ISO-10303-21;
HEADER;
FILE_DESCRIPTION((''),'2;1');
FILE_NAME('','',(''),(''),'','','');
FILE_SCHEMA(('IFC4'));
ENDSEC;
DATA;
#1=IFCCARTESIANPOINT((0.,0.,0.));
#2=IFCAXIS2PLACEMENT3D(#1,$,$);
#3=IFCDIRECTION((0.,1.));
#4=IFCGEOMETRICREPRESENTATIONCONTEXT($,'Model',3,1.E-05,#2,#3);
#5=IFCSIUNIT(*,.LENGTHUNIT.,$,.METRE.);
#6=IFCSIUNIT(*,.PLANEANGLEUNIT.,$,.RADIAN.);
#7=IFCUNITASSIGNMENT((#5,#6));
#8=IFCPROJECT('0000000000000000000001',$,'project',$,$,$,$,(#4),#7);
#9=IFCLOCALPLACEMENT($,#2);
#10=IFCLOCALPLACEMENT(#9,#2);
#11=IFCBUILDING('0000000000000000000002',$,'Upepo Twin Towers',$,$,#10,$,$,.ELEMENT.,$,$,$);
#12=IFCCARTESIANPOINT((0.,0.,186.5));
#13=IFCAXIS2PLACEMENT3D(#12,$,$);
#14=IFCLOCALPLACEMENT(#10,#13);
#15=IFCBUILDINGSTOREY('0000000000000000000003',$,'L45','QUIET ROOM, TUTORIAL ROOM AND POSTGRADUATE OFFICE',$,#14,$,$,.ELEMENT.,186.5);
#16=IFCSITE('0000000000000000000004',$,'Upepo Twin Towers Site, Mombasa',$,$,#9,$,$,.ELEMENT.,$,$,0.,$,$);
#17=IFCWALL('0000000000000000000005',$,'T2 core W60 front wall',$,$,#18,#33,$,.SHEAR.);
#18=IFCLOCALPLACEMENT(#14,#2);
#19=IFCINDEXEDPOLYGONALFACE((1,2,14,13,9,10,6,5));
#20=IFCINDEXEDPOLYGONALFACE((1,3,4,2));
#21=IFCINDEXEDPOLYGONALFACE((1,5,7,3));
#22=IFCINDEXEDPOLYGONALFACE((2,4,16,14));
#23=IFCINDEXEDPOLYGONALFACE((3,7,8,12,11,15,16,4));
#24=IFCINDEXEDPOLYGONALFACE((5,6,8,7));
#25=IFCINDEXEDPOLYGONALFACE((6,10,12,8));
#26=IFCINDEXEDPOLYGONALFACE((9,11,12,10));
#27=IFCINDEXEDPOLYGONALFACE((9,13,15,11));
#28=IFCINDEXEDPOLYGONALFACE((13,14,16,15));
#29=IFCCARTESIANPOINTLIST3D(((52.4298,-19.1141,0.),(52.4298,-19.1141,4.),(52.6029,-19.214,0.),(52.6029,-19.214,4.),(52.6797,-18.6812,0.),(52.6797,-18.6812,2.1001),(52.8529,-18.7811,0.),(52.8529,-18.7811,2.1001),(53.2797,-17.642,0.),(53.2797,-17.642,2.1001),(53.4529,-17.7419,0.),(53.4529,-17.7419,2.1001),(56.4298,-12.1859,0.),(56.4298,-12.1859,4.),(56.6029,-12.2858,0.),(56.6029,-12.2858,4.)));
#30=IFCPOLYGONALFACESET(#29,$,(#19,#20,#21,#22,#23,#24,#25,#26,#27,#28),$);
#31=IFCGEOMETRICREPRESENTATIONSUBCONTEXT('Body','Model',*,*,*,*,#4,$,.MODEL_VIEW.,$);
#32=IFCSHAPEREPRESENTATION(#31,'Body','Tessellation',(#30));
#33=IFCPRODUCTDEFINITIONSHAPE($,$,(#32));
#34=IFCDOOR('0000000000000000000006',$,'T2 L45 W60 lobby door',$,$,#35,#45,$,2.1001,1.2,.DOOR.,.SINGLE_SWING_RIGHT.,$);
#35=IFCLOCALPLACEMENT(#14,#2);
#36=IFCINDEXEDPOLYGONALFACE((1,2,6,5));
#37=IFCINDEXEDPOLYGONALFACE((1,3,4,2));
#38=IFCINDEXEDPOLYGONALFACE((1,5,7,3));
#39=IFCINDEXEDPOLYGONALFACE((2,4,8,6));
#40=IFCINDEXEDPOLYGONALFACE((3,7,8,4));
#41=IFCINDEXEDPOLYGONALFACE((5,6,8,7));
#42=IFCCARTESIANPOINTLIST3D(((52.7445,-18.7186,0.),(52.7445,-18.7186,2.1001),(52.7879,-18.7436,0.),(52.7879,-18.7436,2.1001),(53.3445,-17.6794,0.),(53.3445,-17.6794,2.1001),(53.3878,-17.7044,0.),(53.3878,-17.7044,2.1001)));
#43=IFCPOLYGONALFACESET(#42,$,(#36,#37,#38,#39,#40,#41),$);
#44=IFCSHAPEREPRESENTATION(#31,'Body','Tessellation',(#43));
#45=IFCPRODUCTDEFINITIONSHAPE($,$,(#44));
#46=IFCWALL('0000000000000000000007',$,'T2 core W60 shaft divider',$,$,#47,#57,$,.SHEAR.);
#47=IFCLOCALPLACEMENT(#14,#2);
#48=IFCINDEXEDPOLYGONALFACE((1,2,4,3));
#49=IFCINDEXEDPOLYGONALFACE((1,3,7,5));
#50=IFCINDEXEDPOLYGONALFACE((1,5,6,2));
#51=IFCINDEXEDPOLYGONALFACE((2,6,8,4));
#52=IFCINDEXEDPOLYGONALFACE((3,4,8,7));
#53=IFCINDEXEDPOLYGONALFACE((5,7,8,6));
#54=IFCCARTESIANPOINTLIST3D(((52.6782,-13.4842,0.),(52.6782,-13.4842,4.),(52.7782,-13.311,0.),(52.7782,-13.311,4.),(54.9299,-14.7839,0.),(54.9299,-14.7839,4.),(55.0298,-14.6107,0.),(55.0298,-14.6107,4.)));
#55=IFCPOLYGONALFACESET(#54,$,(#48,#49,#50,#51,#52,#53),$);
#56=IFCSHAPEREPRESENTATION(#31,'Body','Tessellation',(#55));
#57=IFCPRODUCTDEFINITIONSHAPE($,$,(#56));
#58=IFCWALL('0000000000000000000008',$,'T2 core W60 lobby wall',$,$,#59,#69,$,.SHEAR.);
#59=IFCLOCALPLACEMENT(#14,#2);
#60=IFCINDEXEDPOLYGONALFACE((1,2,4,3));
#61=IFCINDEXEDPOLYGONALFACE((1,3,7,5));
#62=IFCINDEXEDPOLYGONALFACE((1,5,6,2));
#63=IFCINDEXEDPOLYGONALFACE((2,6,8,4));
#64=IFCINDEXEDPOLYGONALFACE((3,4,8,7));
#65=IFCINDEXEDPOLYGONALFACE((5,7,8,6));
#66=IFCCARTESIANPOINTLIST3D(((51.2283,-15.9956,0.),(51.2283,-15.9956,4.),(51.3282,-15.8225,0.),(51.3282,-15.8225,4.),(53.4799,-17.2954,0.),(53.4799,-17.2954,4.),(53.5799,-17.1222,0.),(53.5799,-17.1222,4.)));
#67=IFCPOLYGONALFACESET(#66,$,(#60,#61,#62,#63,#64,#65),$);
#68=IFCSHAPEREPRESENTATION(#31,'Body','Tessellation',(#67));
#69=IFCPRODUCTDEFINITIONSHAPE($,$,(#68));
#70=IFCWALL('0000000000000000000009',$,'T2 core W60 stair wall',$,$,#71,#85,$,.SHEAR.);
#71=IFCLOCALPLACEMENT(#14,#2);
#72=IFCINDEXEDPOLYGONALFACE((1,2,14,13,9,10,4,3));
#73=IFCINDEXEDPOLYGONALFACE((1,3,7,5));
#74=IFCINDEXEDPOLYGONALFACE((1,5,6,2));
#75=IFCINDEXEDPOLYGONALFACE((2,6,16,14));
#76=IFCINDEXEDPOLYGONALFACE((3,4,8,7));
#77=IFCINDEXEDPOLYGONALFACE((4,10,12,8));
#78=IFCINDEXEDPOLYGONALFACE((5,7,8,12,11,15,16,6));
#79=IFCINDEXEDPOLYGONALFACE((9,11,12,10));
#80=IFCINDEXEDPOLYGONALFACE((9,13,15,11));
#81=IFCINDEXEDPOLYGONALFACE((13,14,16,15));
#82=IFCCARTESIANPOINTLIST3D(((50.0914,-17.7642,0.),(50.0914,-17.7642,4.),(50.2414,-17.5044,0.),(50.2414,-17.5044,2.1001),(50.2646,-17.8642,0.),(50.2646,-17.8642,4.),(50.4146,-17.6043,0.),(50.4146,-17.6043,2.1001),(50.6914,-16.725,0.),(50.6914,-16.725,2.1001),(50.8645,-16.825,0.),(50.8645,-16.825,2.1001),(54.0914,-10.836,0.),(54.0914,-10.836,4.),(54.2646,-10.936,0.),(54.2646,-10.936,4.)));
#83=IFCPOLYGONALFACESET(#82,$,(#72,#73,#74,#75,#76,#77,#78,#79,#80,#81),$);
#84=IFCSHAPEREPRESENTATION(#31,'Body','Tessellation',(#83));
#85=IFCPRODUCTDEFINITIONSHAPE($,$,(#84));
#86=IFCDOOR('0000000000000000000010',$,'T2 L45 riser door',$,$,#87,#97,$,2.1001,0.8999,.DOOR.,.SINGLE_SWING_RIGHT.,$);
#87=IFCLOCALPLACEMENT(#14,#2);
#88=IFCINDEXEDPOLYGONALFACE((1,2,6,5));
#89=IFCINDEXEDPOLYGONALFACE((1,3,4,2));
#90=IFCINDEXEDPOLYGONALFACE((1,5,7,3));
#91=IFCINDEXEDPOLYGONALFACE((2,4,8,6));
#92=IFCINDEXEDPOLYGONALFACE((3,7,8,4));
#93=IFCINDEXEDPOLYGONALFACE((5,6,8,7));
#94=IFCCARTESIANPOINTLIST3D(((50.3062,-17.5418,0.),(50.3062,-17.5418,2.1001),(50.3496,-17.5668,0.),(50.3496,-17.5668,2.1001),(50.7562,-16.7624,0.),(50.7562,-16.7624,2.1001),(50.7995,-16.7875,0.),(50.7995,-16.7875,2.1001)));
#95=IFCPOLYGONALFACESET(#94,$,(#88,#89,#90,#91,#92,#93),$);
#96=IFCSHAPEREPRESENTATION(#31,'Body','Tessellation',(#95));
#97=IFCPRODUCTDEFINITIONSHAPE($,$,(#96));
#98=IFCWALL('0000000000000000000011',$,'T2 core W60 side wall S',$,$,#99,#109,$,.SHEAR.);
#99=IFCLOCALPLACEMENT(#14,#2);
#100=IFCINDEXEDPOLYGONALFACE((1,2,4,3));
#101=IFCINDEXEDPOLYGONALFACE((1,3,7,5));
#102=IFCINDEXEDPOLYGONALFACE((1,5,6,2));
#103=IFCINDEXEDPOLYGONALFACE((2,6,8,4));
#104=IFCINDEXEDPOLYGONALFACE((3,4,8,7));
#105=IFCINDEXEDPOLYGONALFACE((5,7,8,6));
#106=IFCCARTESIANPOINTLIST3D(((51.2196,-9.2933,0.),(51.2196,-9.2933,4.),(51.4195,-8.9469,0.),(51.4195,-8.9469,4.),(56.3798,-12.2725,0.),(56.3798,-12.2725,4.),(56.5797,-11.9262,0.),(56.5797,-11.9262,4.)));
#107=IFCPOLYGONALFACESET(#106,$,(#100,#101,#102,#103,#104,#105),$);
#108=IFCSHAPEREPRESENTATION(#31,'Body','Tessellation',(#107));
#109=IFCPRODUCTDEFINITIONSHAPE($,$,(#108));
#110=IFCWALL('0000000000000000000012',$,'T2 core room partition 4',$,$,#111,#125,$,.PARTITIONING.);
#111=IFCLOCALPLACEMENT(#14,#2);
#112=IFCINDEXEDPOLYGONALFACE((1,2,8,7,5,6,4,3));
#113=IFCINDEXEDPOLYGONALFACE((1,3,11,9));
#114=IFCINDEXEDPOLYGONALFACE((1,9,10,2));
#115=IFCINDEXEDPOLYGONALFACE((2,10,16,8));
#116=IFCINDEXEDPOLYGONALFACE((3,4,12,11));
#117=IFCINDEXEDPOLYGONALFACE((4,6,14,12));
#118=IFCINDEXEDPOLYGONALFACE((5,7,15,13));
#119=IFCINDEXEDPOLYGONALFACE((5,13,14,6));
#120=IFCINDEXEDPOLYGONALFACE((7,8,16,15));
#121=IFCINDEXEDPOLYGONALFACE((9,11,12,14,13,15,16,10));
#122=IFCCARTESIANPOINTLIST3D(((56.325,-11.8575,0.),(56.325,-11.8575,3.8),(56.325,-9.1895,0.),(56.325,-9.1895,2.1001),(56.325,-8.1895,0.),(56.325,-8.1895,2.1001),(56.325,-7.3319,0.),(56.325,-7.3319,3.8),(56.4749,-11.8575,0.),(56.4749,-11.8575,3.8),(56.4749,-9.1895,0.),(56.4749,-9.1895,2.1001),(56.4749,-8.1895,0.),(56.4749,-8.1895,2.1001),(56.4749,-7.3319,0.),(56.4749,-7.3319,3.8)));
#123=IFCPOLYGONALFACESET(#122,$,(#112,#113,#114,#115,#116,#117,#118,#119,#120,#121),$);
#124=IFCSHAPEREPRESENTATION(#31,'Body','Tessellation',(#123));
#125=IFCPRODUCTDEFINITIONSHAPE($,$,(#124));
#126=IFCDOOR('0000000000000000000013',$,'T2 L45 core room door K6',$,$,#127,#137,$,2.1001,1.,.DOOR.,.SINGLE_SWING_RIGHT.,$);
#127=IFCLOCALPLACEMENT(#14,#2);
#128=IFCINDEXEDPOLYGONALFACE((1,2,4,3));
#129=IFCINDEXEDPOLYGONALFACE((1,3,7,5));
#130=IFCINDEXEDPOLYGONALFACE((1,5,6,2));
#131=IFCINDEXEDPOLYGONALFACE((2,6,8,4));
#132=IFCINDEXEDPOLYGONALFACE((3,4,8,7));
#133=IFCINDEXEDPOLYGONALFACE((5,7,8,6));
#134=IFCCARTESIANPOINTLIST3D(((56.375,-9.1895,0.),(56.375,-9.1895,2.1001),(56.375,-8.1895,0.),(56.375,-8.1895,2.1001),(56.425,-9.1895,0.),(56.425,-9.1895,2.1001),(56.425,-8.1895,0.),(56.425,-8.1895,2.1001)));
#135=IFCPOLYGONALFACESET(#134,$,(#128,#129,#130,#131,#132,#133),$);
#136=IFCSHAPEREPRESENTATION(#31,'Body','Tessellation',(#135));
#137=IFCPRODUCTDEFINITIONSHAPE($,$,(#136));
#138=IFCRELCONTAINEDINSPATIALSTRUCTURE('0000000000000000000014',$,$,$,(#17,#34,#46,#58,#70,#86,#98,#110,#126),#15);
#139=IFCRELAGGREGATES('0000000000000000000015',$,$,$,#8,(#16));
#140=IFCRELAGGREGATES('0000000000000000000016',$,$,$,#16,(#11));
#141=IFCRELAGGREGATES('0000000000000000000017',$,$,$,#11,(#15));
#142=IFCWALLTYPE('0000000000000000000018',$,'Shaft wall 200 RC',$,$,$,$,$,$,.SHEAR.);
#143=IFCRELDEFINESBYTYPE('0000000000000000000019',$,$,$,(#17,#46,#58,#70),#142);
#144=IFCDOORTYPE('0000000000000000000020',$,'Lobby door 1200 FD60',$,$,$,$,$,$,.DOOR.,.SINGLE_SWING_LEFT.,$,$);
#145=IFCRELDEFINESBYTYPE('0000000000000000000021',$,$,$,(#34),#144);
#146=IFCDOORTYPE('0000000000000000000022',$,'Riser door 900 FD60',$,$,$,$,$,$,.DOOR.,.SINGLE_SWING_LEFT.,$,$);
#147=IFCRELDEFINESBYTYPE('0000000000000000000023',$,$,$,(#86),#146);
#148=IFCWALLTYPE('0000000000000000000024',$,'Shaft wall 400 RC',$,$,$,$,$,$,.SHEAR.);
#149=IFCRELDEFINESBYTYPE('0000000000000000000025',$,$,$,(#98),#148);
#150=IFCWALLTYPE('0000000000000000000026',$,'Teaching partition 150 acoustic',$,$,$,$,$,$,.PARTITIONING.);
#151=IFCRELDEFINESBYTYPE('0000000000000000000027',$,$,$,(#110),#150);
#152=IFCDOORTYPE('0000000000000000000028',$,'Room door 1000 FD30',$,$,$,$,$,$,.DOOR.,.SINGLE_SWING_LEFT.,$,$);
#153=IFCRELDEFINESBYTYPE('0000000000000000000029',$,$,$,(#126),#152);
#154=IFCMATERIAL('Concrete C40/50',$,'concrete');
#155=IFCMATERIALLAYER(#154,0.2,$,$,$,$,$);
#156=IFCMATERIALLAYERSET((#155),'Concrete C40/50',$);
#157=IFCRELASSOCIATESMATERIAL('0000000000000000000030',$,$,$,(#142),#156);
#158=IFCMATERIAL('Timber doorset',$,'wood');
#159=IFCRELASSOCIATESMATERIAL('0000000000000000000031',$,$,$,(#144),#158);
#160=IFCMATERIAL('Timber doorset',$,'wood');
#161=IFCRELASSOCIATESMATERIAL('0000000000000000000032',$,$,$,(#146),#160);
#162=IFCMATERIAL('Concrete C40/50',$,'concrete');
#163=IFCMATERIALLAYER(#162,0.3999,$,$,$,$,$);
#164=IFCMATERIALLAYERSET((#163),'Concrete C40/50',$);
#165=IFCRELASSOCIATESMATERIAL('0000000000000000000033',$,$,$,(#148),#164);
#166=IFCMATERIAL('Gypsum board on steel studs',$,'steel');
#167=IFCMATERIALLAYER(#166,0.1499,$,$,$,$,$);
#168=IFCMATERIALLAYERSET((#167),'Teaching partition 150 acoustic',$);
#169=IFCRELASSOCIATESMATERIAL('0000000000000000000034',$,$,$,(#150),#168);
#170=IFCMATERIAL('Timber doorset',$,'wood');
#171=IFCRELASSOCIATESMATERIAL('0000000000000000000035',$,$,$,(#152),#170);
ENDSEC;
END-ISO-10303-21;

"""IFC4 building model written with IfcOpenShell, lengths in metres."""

from ifc_helpers import new_model, si_unit, direction, frame, frame_2d, origin, place, context, subcontext, project, spatial, rectangle, extrude, material, layer, layer_set, type_object, element, fill, save


model = new_model("IFC4")

# Units and contexts
model_context = context("Model", 3, precision=1e-05, world=origin(), true_north=direction((0.0, 1.0)))
body_context = subcontext(model_context, "Body", "Model", "MODEL_VIEW")
ifc_project = project(units=[si_unit("LENGTHUNIT", "METRE"), si_unit("PLANEANGLEUNIT", "RADIAN")], contexts=[model_context])

# Site, building, storey
site_placement = place(None, origin())
site = spatial("IfcSite", under=ifc_project, at=site_placement, Name="Upepo Twin Towers Site, Mombasa", CompositionType="ELEMENT", RefElevation=0.0)
building_placement = place(site_placement, origin())
building = spatial("IfcBuilding", under=site, at=building_placement, Name="Upepo Twin Towers", CompositionType="ELEMENT")
storey_placement = place(building_placement, frame((0.0, 0.0, 186.5)))
storey = spatial("IfcBuildingStorey", under=building, at=storey_placement, Name="L45", Description="QUIET ROOM, TUTORIAL ROOM AND POSTGRADUATE OFFICE", CompositionType="ELEMENT", Elevation=186.5)

# Wall, opening, door
ifc_material_1 = material(Name="Concrete C40/50", Category="concrete")
ifc_layer_1 = layer(ifc_material_1, 0.2)
ifc_layer_set_1 = layer_set([ifc_layer_1], Name="Concrete C40/50")
wall_type_1 = type_object("IfcWallType", Name="Shaft wall 200 RC", PredefinedType="SHEAR", material=ifc_layer_set_1)
wall_1_placement = place(storey_placement, frame((56.5164, -12.2358, 0.0), z_axis=(0.0, 0.0, 1.0), x_axis=(-0.499999, -0.866026, 0.0)))
wall_1 = element("IfcWall", 1, at=wall_1_placement, inside=storey, type_object=wall_type_1, Name="T2 core W60 front wall", PredefinedType="SHEAR", context=body_context, shape_type="SweptSolid", body=[
    extrude(rectangle(XDim=8.0, YDim=0.2, at=frame_2d((4.0, 0.0))), origin(), (0.0, 0.0, 1.0), 4.0),
])
opening_1_placement = place(wall_1_placement, frame((6.3, 0.0, 0.0)))
opening_1 = element("IfcOpeningElement", 2, at=opening_1_placement, cuts=wall_1, PredefinedType="OPENING", context=body_context, shape_type="SweptSolid", body=[
    extrude(rectangle(XDim=1.2, YDim=2.1001, at=frame_2d((0.6001, 1.05))), frame((0.0, 0.1099, 0.0), z_axis=(0.0, -1.0, 0.0), x_axis=(1.0, 0.0, 0.0)), (0.0, 0.0, 1.0), 0.22),
])
ifc_material_2 = material(Name="Timber doorset", Category="wood")
door_type_1 = type_object("IfcDoorType", Name="Lobby door 1200 FD60", OperationType="SINGLE_SWING_LEFT", PredefinedType="DOOR", material=ifc_material_2)
door_1_placement = place(opening_1_placement, origin())
door_1 = element("IfcDoor", 3, at=door_1_placement, inside=storey, type_object=door_type_1, Name="T2 L45 W60 lobby door", OperationType="SINGLE_SWING_RIGHT", OverallHeight=2.1001, OverallWidth=1.2, PredefinedType="DOOR", context=body_context, shape_type="SweptSolid", body=[
    extrude(rectangle(XDim=1.2, YDim=2.1001, at=frame_2d((0.6001, 1.05))), frame((0.0, 0.0249, 0.0), z_axis=(0.0, -1.0, 0.0), x_axis=(1.0, 0.0, 0.0)), (0.0, 0.0, 1.0), 0.05),
])
fill(opening_1, door_1)

# Walls
for number, where, z_axis, x_axis, name in (
    (4, (54.9797, -14.6973, 0.0), (0.0, 0.0, 1.0), (-0.866062, 0.499937, 0.0), "T2 core W60 shaft divider"),
    (5, (53.5298, -17.2087, 0.0), (0.0, 0.0, 1.0), (-0.866062, 0.499937, 0.0), "T2 core W60 lobby wall"),
):
    element("IfcWall", number, at=place(storey_placement, frame(where, z_axis=z_axis, x_axis=x_axis)), inside=storey, type_object=wall_type_1, Name=name, PredefinedType="SHEAR", context=body_context, shape_type="SweptSolid", body=[
        extrude(rectangle(XDim=2.5999, YDim=0.2, at=frame_2d((1.2998, 0.0))), origin(), (0.0, 0.0, 1.0), 4.0),
    ])

# Wall, opening, door
wall_2_placement = place(storey_placement, frame((54.178, -10.886, 0.0), z_axis=(0.0, 0.0, 1.0), x_axis=(-0.499999, -0.866026, 0.0)))
wall_2 = element("IfcWall", 6, at=wall_2_placement, inside=storey, type_object=wall_type_1, Name="T2 core W60 stair wall", PredefinedType="SHEAR", context=body_context, shape_type="SweptSolid", body=[
    extrude(rectangle(XDim=8.0, YDim=0.2, at=frame_2d((4.0, 0.0))), origin(), (0.0, 0.0, 1.0), 4.0),
])
opening_2_placement = place(wall_2_placement, frame((6.8, 0.0, 0.0)))
opening_2 = element("IfcOpeningElement", 7, at=opening_2_placement, cuts=wall_2, PredefinedType="OPENING", context=body_context, shape_type="SweptSolid", body=[
    extrude(rectangle(XDim=0.8999, YDim=2.1001, at=frame_2d((0.45, 1.05))), frame((0.0, 0.1099, 0.0), z_axis=(0.0, -1.0, 0.0), x_axis=(1.0, 0.0, 0.0)), (0.0, 0.0, 1.0), 0.22),
])
ifc_material_3 = material(Name="Timber doorset", Category="wood")
door_type_2 = type_object("IfcDoorType", Name="Riser door 900 FD60", OperationType="SINGLE_SWING_LEFT", PredefinedType="DOOR", material=ifc_material_3)
door_2_placement = place(opening_2_placement, origin())
door_2 = element("IfcDoor", 8, at=door_2_placement, inside=storey, type_object=door_type_2, Name="T2 L45 riser door", OperationType="SINGLE_SWING_RIGHT", OverallHeight=2.1001, OverallWidth=0.8999, PredefinedType="DOOR", context=body_context, shape_type="SweptSolid", body=[
    extrude(rectangle(XDim=0.8999, YDim=2.1001, at=frame_2d((0.45, 1.05))), frame((0.0, 0.0249, 0.0), z_axis=(0.0, -1.0, 0.0), x_axis=(1.0, 0.0, 0.0)), (0.0, 0.0, 1.0), 0.05),
])
fill(opening_2, door_2)

# Wall
ifc_material_4 = material(Name="Concrete C40/50", Category="concrete")
ifc_layer_2 = layer(ifc_material_4, 0.3999)
ifc_layer_set_2 = layer_set([ifc_layer_2], Name="Concrete C40/50")
wall_type_2 = type_object("IfcWallType", Name="Shaft wall 400 RC", PredefinedType="SHEAR", material=ifc_layer_set_2)
wall_3_placement = place(storey_placement, frame((56.4797, -12.0994, 0.0), z_axis=(0.0, 0.0, 1.0), x_axis=(-0.866023, 0.500004, 0.0)))
element("IfcWall", 9, at=wall_3_placement, inside=storey, type_object=wall_type_2, Name="T2 core W60 side wall S", PredefinedType="SHEAR", context=body_context, shape_type="SweptSolid", body=[
    extrude(rectangle(XDim=5.9585, YDim=0.3999, at=frame_2d((2.9792, 0.0))), origin(), (0.0, 0.0, 1.0), 4.0),
])

# Wall, opening, door
ifc_material_5 = material(Name="Gypsum board on steel studs", Category="steel")
ifc_layer_3 = layer(ifc_material_5, 0.1499)
ifc_layer_set_3 = layer_set([ifc_layer_3], Name="Teaching partition 150 acoustic")
wall_type_3 = type_object("IfcWallType", Name="Teaching partition 150 acoustic", PredefinedType="PARTITIONING", material=ifc_layer_set_3)
wall_4_placement = place(storey_placement, frame((56.3999, -11.8574, 0.0), z_axis=(0.0, 0.0, 1.0), x_axis=(0.0, 1.0, 0.0)))
wall_4 = element("IfcWall", 10, at=wall_4_placement, inside=storey, type_object=wall_type_3, Name="T2 core room partition 4", PredefinedType="PARTITIONING", context=body_context, shape_type="SweptSolid", body=[
    extrude(rectangle(XDim=4.5256, YDim=0.1499, at=frame_2d((2.2627, 0.0))), origin(), (0.0, 0.0, 1.0), 3.8),
])
opening_3_placement = place(wall_4_placement, frame((2.668, 0.0, 0.0)))
opening_3 = element("IfcOpeningElement", 11, at=opening_3_placement, cuts=wall_4, PredefinedType="OPENING", context=body_context, shape_type="SweptSolid", body=[
    extrude(rectangle(XDim=1.0, YDim=2.1001, at=frame_2d((0.5, 1.05))), frame((0.0, 0.085, 0.0), z_axis=(0.0, -1.0, 0.0), x_axis=(1.0, 0.0, 0.0)), (0.0, 0.0, 1.0), 0.1699),
])
ifc_material_6 = material(Name="Timber doorset", Category="wood")
door_type_3 = type_object("IfcDoorType", Name="Room door 1000 FD30", OperationType="SINGLE_SWING_LEFT", PredefinedType="DOOR", material=ifc_material_6)
door_3_placement = place(opening_3_placement, origin())
door_3 = element("IfcDoor", 12, at=door_3_placement, inside=storey, type_object=door_type_3, Name="T2 L45 core room door K6", OperationType="SINGLE_SWING_RIGHT", OverallHeight=2.1001, OverallWidth=1.0, PredefinedType="DOOR", context=body_context, shape_type="SweptSolid", body=[
    extrude(rectangle(XDim=1.0, YDim=2.1001, at=frame_2d((0.5, 1.05))), frame((0.0, 0.0249, 0.0), z_axis=(0.0, -1.0, 0.0), x_axis=(1.0, 0.0, 0.0)), (0.0, 0.0, 1.0), 0.05),
])
fill(opening_3, door_3)

save(model, "model.ifc")
